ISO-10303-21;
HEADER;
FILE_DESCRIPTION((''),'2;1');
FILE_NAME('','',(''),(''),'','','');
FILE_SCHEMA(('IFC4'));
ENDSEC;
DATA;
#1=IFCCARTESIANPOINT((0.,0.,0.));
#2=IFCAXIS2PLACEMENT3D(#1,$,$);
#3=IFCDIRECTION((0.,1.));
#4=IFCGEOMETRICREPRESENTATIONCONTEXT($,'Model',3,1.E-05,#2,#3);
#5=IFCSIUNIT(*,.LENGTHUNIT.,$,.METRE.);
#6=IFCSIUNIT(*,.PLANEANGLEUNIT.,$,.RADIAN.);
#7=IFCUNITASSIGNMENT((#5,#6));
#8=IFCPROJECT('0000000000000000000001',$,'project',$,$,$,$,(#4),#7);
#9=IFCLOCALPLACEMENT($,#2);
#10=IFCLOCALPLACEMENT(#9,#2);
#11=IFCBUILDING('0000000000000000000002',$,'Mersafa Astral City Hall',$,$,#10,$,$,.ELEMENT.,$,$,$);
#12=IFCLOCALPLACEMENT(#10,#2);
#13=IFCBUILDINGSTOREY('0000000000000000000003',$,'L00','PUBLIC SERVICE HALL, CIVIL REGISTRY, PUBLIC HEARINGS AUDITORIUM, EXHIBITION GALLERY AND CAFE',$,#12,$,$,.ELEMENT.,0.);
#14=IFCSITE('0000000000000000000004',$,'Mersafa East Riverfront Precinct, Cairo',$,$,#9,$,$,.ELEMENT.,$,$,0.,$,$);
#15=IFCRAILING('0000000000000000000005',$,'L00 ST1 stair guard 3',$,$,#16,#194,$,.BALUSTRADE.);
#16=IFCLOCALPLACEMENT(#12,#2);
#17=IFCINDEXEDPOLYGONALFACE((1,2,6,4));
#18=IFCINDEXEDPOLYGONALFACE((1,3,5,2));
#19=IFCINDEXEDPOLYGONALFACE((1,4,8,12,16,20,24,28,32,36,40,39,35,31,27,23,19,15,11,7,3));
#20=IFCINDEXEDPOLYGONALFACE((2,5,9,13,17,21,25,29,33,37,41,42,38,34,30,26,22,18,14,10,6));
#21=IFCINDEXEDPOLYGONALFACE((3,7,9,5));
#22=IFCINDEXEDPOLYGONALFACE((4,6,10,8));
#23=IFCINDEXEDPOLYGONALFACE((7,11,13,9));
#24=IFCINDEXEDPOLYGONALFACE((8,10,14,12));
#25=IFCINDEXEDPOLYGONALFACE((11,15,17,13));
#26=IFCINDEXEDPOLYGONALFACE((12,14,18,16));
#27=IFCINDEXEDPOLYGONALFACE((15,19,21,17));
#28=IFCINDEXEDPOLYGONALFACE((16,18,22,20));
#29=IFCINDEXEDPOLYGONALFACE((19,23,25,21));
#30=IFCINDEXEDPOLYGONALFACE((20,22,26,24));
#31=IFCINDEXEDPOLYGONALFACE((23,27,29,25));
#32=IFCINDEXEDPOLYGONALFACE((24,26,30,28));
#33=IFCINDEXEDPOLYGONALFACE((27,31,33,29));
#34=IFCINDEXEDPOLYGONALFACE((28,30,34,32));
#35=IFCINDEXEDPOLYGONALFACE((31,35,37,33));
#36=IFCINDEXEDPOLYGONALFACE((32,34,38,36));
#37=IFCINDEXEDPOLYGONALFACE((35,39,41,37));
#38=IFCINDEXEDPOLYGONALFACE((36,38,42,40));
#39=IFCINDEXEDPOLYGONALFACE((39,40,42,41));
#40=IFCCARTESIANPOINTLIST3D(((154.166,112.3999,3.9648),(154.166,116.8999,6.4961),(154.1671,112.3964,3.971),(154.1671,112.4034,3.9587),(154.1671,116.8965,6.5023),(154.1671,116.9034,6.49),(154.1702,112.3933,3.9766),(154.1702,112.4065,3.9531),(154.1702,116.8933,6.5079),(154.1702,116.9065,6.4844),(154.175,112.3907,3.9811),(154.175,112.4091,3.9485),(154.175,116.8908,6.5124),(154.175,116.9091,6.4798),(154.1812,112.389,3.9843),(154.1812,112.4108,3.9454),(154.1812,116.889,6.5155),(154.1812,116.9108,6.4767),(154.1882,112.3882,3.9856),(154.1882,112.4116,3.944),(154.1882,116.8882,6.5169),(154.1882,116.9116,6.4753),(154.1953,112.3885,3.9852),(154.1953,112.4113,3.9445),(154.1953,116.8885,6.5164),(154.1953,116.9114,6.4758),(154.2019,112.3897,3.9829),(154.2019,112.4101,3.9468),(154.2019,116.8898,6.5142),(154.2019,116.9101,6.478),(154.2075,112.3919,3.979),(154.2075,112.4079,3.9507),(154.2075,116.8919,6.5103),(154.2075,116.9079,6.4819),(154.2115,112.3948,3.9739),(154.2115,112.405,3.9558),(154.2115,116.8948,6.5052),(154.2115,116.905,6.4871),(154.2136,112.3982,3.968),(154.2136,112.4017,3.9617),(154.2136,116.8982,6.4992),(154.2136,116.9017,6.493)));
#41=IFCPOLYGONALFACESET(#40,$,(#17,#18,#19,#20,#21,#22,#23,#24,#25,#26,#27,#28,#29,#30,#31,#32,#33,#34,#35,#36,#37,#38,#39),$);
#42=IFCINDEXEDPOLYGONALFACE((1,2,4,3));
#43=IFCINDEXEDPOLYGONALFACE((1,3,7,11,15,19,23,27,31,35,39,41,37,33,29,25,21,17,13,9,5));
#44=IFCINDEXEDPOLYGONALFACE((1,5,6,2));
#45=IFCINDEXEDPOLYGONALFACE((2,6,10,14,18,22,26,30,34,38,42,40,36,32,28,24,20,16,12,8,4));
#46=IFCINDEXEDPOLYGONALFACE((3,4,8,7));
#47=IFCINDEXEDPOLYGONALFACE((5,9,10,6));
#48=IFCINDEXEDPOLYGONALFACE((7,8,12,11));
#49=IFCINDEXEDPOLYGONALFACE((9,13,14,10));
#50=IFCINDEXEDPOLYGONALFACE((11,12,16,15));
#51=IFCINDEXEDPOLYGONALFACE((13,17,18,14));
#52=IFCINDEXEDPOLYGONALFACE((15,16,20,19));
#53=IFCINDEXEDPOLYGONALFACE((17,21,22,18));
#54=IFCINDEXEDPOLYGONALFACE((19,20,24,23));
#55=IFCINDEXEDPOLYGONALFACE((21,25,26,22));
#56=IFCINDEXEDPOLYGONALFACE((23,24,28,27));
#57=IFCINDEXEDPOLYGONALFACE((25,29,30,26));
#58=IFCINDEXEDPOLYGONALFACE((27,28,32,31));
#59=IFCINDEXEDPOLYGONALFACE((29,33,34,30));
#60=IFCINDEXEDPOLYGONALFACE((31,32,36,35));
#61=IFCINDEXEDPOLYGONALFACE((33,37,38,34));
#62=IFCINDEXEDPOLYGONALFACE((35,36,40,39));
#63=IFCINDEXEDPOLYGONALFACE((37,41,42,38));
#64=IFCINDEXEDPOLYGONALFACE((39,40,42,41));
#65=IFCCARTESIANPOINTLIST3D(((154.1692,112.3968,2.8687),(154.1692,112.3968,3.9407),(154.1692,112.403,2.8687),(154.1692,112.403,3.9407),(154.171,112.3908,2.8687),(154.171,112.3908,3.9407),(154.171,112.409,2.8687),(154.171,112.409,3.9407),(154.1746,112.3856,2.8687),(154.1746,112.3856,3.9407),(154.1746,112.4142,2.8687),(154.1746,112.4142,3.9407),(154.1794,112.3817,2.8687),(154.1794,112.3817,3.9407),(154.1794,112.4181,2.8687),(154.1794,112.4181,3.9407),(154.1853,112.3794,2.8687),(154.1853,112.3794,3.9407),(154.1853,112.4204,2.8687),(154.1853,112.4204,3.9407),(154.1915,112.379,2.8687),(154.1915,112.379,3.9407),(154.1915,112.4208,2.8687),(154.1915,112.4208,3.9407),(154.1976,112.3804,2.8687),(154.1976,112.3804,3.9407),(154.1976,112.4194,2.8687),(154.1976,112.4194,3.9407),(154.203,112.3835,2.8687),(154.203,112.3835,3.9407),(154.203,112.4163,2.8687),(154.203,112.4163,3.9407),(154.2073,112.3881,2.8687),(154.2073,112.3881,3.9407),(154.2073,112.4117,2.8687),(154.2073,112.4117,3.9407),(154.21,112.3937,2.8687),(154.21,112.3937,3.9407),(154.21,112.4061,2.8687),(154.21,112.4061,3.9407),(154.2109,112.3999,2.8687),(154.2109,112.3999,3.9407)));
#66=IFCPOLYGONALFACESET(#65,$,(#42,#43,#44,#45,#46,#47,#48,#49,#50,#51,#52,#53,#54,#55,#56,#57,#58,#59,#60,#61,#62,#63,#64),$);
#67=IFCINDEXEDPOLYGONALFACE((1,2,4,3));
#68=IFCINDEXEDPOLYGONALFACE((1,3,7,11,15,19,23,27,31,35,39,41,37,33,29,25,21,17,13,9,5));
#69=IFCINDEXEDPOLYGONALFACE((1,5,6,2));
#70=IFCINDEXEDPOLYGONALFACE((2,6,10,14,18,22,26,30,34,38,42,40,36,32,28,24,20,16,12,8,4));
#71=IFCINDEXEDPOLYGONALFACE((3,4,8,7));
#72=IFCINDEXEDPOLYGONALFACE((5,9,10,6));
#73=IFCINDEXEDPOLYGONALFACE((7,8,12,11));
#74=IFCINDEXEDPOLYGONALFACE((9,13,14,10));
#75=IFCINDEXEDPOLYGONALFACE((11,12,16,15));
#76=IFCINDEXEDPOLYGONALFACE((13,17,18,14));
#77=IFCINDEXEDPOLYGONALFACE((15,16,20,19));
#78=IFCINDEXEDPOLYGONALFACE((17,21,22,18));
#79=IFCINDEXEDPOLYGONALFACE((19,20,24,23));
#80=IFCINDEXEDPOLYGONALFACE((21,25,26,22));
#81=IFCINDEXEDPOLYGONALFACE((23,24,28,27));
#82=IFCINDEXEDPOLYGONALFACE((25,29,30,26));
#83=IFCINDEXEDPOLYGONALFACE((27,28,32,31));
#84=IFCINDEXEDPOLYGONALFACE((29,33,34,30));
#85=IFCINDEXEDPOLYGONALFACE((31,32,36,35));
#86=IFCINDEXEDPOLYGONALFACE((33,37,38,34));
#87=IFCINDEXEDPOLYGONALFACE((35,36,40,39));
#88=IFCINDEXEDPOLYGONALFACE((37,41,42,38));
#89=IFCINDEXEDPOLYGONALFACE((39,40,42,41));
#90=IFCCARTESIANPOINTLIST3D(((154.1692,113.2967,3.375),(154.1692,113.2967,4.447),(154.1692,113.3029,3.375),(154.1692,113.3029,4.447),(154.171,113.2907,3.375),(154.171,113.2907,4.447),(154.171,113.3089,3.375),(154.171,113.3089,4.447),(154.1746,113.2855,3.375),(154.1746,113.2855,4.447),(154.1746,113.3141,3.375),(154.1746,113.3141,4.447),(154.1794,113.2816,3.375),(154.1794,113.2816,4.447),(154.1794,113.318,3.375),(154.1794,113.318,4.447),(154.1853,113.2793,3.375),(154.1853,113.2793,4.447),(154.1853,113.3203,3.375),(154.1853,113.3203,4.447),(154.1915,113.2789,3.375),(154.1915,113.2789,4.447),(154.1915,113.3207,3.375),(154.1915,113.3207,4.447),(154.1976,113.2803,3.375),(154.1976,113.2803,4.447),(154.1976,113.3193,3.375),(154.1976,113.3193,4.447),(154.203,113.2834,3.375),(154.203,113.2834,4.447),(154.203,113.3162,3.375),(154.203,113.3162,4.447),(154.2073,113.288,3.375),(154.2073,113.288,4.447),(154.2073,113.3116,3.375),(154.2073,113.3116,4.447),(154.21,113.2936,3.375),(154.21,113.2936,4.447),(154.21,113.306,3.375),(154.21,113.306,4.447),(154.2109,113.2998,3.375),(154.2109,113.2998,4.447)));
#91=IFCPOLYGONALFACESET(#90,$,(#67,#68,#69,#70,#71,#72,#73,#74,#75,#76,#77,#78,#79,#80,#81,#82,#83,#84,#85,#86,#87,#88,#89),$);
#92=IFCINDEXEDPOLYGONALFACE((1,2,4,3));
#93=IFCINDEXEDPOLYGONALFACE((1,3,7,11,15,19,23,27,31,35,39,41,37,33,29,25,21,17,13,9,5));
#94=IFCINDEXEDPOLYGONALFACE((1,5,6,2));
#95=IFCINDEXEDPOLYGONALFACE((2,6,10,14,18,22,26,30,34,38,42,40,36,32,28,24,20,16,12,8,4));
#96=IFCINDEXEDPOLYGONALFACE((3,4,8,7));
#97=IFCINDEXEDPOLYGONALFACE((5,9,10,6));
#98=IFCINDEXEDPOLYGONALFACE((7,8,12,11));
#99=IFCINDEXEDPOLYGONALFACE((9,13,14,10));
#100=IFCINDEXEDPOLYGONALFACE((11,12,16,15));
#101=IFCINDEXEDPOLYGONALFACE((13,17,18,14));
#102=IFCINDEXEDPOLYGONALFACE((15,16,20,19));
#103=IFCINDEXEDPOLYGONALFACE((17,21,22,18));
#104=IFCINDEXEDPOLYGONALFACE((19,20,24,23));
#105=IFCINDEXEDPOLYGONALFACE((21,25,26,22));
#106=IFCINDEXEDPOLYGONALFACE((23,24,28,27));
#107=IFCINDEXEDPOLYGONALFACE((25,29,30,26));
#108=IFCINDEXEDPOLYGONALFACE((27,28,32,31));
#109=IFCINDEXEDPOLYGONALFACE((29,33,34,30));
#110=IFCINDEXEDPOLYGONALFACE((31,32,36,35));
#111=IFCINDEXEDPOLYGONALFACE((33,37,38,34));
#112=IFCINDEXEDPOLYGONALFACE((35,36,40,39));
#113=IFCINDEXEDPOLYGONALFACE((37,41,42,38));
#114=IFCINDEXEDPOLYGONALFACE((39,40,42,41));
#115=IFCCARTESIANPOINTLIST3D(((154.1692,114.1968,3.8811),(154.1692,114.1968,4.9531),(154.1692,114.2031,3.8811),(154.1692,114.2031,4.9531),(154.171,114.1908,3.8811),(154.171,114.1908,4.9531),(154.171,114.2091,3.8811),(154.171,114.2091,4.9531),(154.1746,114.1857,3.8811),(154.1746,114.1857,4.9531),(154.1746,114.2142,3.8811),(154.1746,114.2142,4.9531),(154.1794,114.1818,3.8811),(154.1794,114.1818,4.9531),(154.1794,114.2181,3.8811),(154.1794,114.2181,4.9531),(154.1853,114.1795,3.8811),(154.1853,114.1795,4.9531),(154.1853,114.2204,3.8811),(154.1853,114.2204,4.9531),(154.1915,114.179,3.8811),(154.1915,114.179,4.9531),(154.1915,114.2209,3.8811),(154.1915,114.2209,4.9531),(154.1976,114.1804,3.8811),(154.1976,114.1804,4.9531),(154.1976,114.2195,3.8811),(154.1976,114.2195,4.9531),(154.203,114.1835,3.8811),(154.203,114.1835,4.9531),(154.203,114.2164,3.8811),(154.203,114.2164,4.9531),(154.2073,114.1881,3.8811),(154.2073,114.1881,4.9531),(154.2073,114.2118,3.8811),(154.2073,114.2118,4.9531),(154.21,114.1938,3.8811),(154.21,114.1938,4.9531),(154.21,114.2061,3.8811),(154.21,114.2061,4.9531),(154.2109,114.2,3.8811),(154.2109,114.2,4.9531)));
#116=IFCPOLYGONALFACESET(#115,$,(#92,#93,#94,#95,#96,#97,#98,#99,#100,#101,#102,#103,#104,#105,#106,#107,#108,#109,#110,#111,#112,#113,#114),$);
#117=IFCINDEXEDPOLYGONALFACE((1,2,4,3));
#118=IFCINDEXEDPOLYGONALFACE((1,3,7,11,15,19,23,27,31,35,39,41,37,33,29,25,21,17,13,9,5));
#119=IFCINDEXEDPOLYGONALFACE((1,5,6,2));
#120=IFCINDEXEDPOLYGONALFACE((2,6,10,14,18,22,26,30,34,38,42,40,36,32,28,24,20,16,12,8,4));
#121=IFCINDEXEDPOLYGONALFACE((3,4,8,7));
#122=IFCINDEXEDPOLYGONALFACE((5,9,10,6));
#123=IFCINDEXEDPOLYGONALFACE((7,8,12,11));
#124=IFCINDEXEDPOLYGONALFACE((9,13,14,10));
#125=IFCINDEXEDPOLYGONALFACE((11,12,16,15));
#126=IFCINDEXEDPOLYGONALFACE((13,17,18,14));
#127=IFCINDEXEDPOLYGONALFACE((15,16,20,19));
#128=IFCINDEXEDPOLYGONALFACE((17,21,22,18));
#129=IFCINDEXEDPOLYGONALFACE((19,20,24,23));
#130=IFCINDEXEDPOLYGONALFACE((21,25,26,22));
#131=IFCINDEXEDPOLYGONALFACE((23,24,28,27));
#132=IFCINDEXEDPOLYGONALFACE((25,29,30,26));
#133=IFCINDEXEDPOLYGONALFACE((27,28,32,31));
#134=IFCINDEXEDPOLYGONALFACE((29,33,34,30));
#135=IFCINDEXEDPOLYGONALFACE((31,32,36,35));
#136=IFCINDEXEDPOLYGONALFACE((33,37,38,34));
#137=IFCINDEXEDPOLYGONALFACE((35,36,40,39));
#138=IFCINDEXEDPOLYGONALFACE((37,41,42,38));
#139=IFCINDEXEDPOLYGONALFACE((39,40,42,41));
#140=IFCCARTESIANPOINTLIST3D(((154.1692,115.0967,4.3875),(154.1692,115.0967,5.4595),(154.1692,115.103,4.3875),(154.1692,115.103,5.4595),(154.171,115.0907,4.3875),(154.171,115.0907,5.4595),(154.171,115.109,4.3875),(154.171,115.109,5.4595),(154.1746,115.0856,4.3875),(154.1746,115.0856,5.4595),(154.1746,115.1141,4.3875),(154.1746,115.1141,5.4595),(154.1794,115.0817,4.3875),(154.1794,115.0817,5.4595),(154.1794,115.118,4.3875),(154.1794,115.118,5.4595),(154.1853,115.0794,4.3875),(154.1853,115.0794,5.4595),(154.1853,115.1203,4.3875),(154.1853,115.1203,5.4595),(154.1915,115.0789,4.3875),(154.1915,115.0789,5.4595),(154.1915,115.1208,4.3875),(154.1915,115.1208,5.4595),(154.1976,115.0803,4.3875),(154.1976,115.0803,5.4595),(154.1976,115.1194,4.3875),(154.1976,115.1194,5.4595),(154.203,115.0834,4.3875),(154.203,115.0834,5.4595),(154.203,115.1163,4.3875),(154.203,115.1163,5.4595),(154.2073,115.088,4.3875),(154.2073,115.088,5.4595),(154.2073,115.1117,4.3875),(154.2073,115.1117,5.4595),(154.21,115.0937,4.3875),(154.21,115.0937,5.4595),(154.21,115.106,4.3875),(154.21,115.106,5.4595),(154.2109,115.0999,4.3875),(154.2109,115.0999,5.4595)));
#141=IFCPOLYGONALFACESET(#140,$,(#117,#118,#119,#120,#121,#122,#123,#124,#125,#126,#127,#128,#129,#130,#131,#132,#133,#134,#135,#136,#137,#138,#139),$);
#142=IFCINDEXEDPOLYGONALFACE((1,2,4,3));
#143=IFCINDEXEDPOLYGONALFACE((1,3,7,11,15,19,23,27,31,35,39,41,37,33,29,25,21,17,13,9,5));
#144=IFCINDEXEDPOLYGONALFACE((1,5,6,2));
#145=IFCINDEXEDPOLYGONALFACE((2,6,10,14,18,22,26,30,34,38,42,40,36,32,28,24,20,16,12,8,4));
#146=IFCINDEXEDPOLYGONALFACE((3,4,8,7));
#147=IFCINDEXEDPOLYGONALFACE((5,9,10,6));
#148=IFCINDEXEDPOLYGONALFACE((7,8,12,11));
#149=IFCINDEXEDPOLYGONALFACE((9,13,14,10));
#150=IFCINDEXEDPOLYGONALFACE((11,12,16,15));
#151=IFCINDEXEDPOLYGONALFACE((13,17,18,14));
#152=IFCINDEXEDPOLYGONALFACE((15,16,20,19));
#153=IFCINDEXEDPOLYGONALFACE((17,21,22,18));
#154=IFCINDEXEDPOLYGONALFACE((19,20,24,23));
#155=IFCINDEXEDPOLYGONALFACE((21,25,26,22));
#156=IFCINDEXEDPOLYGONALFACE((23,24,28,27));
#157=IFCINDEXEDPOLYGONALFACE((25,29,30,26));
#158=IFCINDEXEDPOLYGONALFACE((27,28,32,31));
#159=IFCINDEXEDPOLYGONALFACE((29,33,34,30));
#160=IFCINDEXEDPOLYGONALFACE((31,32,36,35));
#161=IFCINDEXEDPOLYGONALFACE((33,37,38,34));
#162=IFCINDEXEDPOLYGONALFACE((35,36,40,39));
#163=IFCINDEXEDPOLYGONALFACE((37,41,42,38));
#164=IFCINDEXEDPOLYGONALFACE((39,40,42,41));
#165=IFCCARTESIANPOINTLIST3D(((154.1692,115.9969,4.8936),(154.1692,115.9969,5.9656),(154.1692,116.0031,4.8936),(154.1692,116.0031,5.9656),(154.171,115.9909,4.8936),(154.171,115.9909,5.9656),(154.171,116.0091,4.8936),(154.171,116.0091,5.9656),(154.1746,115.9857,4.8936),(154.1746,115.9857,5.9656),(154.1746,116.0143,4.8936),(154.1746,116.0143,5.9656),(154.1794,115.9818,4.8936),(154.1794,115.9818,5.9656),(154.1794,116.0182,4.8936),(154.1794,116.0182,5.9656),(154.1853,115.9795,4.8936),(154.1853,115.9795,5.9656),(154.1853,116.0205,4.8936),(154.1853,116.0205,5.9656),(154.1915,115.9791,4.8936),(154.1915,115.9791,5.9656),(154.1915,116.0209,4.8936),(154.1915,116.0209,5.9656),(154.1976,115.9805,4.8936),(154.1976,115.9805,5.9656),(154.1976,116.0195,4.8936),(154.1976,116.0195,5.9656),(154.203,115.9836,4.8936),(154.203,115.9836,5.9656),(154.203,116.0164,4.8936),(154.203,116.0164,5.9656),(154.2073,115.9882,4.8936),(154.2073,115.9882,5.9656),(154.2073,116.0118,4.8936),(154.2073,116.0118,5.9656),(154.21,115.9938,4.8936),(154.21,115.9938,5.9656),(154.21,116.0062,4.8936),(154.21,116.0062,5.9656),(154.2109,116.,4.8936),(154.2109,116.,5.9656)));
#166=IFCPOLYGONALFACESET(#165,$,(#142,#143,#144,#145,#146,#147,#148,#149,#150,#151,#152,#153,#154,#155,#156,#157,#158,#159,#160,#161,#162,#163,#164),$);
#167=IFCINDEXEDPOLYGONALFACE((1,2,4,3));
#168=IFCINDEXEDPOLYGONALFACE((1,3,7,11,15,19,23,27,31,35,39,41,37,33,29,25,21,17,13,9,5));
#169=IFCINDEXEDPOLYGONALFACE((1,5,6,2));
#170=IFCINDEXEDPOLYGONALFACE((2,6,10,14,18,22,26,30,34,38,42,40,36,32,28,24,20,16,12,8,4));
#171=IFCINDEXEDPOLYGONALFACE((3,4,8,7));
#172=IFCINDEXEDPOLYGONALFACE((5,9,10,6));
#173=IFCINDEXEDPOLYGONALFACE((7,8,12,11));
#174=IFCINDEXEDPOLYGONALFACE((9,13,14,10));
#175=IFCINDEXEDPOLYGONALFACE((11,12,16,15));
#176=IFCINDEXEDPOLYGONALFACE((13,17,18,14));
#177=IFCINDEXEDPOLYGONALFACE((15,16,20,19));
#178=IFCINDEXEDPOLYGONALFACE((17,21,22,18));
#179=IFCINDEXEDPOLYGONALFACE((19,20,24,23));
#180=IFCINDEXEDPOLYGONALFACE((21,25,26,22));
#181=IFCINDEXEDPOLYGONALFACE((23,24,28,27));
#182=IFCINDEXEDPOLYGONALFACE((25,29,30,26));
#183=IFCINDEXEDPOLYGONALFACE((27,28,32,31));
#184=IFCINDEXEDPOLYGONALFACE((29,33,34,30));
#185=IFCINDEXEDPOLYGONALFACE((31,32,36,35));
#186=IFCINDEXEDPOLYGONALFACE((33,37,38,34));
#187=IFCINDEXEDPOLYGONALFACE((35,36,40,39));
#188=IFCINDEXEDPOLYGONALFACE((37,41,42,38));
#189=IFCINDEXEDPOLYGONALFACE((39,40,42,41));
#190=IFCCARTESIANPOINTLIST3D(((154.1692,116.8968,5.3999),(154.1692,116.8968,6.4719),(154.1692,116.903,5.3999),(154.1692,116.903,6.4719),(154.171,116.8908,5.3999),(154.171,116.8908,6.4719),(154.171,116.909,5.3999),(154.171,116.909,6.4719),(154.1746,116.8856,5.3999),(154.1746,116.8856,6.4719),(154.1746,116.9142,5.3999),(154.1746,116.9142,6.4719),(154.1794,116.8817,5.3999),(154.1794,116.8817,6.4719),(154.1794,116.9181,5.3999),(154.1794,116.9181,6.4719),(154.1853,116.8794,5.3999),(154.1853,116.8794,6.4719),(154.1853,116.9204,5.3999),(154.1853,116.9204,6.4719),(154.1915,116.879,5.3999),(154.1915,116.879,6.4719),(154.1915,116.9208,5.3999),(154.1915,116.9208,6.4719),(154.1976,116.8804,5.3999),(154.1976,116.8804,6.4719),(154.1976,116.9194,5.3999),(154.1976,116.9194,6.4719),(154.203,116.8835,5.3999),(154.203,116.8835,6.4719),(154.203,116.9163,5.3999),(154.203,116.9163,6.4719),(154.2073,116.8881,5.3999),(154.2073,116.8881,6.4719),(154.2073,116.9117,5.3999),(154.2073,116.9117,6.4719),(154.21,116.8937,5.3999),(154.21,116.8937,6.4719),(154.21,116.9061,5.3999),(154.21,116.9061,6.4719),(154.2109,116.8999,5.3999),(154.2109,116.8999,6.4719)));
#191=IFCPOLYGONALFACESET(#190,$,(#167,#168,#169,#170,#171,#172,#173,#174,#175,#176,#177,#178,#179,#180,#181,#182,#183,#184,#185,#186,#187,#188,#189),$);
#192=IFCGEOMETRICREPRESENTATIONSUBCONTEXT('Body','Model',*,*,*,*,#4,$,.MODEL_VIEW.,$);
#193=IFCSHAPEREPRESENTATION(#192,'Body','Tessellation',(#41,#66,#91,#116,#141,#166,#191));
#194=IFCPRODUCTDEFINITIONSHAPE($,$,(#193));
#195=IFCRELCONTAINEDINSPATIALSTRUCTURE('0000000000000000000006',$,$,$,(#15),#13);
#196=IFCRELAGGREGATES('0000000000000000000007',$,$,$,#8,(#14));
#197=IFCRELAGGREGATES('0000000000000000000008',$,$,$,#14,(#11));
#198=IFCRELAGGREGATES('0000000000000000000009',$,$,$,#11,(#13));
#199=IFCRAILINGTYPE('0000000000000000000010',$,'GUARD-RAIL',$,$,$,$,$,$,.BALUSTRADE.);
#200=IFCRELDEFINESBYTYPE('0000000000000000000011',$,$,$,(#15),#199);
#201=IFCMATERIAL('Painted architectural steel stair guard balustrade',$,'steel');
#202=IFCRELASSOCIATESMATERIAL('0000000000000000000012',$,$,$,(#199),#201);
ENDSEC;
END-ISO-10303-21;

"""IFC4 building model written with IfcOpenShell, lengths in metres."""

from ifc_helpers import new_model, si_unit, direction, frame, origin, origin_2d, place, context, subcontext, project, spatial, circle, extrude, material, type_object, element, save


model = new_model("IFC4")

# Units and contexts
model_context = context("Model", 3, precision=1e-05, world=origin(), true_north=direction((0.0, 1.0)))
body_context = subcontext(model_context, "Body", "Model", "MODEL_VIEW")
ifc_project = project(units=[si_unit("LENGTHUNIT", "METRE"), si_unit("PLANEANGLEUNIT", "RADIAN")], contexts=[model_context])

# Site, building, storey
site_placement = place(None, origin())
site = spatial("IfcSite", under=ifc_project, at=site_placement, Name="Mersafa East Riverfront Precinct, Cairo", CompositionType="ELEMENT", RefElevation=0.0)
building_placement = place(site_placement, origin())
building = spatial("IfcBuilding", under=site, at=building_placement, Name="Mersafa Astral City Hall", CompositionType="ELEMENT")
storey_placement = place(building_placement, origin())
storey = spatial("IfcBuildingStorey", under=building, at=storey_placement, Name="L00", Description="PUBLIC SERVICE HALL, CIVIL REGISTRY, PUBLIC HEARINGS AUDITORIUM, EXHIBITION GALLERY AND CAFE", CompositionType="ELEMENT", Elevation=0.0)

# Railing
ifc_material_1 = material(Name="Painted architectural steel stair guard balustrade", Category="steel")
railing_type_1 = type_object("IfcRailingType", Name="GUARD-RAIL", PredefinedType="BALUSTRADE", material=ifc_material_1)
railing_1_placement = place(storey_placement, frame((154.1899, 112.3999, 2.8687)))
element("IfcRailing", 1, at=railing_1_placement, inside=storey, type_object=railing_type_1, Name="L00 ST1 stair guard 3", PredefinedType="BALUSTRADE", context=body_context, shape_type="SweptSolid", body=[
    extrude(circle(Radius=0.0239, at=origin_2d()), frame((0.0, 0.0, 1.0962), z_axis=(0.0, 0.871576, 0.490261), x_axis=(-1.0, 0.0, 0.0)), (0.0, 0.0, 1.0), 5.1631),
    extrude(circle(Radius=0.021, at=origin_2d()), origin(), (0.0, 0.0, 1.0), 1.072),
    extrude(circle(Radius=0.021, at=origin_2d()), frame((0.0, 0.8999, 0.5063)), (0.0, 0.0, 1.0), 1.072),
    extrude(circle(Radius=0.021, at=origin_2d()), frame((0.0, 1.8, 1.0125)), (0.0, 0.0, 1.0), 1.072),
    extrude(circle(Radius=0.021, at=origin_2d()), frame((0.0, 2.7, 1.5188)), (0.0, 0.0, 1.0), 1.072),
    extrude(circle(Radius=0.021, at=origin_2d()), frame((0.0, 3.6001, 2.0249)), (0.0, 0.0, 1.0), 1.072),
    extrude(circle(Radius=0.021, at=origin_2d()), frame((0.0, 4.5, 2.5312)), (0.0, 0.0, 1.0), 1.072),
])

save(model, "model.ifc")
